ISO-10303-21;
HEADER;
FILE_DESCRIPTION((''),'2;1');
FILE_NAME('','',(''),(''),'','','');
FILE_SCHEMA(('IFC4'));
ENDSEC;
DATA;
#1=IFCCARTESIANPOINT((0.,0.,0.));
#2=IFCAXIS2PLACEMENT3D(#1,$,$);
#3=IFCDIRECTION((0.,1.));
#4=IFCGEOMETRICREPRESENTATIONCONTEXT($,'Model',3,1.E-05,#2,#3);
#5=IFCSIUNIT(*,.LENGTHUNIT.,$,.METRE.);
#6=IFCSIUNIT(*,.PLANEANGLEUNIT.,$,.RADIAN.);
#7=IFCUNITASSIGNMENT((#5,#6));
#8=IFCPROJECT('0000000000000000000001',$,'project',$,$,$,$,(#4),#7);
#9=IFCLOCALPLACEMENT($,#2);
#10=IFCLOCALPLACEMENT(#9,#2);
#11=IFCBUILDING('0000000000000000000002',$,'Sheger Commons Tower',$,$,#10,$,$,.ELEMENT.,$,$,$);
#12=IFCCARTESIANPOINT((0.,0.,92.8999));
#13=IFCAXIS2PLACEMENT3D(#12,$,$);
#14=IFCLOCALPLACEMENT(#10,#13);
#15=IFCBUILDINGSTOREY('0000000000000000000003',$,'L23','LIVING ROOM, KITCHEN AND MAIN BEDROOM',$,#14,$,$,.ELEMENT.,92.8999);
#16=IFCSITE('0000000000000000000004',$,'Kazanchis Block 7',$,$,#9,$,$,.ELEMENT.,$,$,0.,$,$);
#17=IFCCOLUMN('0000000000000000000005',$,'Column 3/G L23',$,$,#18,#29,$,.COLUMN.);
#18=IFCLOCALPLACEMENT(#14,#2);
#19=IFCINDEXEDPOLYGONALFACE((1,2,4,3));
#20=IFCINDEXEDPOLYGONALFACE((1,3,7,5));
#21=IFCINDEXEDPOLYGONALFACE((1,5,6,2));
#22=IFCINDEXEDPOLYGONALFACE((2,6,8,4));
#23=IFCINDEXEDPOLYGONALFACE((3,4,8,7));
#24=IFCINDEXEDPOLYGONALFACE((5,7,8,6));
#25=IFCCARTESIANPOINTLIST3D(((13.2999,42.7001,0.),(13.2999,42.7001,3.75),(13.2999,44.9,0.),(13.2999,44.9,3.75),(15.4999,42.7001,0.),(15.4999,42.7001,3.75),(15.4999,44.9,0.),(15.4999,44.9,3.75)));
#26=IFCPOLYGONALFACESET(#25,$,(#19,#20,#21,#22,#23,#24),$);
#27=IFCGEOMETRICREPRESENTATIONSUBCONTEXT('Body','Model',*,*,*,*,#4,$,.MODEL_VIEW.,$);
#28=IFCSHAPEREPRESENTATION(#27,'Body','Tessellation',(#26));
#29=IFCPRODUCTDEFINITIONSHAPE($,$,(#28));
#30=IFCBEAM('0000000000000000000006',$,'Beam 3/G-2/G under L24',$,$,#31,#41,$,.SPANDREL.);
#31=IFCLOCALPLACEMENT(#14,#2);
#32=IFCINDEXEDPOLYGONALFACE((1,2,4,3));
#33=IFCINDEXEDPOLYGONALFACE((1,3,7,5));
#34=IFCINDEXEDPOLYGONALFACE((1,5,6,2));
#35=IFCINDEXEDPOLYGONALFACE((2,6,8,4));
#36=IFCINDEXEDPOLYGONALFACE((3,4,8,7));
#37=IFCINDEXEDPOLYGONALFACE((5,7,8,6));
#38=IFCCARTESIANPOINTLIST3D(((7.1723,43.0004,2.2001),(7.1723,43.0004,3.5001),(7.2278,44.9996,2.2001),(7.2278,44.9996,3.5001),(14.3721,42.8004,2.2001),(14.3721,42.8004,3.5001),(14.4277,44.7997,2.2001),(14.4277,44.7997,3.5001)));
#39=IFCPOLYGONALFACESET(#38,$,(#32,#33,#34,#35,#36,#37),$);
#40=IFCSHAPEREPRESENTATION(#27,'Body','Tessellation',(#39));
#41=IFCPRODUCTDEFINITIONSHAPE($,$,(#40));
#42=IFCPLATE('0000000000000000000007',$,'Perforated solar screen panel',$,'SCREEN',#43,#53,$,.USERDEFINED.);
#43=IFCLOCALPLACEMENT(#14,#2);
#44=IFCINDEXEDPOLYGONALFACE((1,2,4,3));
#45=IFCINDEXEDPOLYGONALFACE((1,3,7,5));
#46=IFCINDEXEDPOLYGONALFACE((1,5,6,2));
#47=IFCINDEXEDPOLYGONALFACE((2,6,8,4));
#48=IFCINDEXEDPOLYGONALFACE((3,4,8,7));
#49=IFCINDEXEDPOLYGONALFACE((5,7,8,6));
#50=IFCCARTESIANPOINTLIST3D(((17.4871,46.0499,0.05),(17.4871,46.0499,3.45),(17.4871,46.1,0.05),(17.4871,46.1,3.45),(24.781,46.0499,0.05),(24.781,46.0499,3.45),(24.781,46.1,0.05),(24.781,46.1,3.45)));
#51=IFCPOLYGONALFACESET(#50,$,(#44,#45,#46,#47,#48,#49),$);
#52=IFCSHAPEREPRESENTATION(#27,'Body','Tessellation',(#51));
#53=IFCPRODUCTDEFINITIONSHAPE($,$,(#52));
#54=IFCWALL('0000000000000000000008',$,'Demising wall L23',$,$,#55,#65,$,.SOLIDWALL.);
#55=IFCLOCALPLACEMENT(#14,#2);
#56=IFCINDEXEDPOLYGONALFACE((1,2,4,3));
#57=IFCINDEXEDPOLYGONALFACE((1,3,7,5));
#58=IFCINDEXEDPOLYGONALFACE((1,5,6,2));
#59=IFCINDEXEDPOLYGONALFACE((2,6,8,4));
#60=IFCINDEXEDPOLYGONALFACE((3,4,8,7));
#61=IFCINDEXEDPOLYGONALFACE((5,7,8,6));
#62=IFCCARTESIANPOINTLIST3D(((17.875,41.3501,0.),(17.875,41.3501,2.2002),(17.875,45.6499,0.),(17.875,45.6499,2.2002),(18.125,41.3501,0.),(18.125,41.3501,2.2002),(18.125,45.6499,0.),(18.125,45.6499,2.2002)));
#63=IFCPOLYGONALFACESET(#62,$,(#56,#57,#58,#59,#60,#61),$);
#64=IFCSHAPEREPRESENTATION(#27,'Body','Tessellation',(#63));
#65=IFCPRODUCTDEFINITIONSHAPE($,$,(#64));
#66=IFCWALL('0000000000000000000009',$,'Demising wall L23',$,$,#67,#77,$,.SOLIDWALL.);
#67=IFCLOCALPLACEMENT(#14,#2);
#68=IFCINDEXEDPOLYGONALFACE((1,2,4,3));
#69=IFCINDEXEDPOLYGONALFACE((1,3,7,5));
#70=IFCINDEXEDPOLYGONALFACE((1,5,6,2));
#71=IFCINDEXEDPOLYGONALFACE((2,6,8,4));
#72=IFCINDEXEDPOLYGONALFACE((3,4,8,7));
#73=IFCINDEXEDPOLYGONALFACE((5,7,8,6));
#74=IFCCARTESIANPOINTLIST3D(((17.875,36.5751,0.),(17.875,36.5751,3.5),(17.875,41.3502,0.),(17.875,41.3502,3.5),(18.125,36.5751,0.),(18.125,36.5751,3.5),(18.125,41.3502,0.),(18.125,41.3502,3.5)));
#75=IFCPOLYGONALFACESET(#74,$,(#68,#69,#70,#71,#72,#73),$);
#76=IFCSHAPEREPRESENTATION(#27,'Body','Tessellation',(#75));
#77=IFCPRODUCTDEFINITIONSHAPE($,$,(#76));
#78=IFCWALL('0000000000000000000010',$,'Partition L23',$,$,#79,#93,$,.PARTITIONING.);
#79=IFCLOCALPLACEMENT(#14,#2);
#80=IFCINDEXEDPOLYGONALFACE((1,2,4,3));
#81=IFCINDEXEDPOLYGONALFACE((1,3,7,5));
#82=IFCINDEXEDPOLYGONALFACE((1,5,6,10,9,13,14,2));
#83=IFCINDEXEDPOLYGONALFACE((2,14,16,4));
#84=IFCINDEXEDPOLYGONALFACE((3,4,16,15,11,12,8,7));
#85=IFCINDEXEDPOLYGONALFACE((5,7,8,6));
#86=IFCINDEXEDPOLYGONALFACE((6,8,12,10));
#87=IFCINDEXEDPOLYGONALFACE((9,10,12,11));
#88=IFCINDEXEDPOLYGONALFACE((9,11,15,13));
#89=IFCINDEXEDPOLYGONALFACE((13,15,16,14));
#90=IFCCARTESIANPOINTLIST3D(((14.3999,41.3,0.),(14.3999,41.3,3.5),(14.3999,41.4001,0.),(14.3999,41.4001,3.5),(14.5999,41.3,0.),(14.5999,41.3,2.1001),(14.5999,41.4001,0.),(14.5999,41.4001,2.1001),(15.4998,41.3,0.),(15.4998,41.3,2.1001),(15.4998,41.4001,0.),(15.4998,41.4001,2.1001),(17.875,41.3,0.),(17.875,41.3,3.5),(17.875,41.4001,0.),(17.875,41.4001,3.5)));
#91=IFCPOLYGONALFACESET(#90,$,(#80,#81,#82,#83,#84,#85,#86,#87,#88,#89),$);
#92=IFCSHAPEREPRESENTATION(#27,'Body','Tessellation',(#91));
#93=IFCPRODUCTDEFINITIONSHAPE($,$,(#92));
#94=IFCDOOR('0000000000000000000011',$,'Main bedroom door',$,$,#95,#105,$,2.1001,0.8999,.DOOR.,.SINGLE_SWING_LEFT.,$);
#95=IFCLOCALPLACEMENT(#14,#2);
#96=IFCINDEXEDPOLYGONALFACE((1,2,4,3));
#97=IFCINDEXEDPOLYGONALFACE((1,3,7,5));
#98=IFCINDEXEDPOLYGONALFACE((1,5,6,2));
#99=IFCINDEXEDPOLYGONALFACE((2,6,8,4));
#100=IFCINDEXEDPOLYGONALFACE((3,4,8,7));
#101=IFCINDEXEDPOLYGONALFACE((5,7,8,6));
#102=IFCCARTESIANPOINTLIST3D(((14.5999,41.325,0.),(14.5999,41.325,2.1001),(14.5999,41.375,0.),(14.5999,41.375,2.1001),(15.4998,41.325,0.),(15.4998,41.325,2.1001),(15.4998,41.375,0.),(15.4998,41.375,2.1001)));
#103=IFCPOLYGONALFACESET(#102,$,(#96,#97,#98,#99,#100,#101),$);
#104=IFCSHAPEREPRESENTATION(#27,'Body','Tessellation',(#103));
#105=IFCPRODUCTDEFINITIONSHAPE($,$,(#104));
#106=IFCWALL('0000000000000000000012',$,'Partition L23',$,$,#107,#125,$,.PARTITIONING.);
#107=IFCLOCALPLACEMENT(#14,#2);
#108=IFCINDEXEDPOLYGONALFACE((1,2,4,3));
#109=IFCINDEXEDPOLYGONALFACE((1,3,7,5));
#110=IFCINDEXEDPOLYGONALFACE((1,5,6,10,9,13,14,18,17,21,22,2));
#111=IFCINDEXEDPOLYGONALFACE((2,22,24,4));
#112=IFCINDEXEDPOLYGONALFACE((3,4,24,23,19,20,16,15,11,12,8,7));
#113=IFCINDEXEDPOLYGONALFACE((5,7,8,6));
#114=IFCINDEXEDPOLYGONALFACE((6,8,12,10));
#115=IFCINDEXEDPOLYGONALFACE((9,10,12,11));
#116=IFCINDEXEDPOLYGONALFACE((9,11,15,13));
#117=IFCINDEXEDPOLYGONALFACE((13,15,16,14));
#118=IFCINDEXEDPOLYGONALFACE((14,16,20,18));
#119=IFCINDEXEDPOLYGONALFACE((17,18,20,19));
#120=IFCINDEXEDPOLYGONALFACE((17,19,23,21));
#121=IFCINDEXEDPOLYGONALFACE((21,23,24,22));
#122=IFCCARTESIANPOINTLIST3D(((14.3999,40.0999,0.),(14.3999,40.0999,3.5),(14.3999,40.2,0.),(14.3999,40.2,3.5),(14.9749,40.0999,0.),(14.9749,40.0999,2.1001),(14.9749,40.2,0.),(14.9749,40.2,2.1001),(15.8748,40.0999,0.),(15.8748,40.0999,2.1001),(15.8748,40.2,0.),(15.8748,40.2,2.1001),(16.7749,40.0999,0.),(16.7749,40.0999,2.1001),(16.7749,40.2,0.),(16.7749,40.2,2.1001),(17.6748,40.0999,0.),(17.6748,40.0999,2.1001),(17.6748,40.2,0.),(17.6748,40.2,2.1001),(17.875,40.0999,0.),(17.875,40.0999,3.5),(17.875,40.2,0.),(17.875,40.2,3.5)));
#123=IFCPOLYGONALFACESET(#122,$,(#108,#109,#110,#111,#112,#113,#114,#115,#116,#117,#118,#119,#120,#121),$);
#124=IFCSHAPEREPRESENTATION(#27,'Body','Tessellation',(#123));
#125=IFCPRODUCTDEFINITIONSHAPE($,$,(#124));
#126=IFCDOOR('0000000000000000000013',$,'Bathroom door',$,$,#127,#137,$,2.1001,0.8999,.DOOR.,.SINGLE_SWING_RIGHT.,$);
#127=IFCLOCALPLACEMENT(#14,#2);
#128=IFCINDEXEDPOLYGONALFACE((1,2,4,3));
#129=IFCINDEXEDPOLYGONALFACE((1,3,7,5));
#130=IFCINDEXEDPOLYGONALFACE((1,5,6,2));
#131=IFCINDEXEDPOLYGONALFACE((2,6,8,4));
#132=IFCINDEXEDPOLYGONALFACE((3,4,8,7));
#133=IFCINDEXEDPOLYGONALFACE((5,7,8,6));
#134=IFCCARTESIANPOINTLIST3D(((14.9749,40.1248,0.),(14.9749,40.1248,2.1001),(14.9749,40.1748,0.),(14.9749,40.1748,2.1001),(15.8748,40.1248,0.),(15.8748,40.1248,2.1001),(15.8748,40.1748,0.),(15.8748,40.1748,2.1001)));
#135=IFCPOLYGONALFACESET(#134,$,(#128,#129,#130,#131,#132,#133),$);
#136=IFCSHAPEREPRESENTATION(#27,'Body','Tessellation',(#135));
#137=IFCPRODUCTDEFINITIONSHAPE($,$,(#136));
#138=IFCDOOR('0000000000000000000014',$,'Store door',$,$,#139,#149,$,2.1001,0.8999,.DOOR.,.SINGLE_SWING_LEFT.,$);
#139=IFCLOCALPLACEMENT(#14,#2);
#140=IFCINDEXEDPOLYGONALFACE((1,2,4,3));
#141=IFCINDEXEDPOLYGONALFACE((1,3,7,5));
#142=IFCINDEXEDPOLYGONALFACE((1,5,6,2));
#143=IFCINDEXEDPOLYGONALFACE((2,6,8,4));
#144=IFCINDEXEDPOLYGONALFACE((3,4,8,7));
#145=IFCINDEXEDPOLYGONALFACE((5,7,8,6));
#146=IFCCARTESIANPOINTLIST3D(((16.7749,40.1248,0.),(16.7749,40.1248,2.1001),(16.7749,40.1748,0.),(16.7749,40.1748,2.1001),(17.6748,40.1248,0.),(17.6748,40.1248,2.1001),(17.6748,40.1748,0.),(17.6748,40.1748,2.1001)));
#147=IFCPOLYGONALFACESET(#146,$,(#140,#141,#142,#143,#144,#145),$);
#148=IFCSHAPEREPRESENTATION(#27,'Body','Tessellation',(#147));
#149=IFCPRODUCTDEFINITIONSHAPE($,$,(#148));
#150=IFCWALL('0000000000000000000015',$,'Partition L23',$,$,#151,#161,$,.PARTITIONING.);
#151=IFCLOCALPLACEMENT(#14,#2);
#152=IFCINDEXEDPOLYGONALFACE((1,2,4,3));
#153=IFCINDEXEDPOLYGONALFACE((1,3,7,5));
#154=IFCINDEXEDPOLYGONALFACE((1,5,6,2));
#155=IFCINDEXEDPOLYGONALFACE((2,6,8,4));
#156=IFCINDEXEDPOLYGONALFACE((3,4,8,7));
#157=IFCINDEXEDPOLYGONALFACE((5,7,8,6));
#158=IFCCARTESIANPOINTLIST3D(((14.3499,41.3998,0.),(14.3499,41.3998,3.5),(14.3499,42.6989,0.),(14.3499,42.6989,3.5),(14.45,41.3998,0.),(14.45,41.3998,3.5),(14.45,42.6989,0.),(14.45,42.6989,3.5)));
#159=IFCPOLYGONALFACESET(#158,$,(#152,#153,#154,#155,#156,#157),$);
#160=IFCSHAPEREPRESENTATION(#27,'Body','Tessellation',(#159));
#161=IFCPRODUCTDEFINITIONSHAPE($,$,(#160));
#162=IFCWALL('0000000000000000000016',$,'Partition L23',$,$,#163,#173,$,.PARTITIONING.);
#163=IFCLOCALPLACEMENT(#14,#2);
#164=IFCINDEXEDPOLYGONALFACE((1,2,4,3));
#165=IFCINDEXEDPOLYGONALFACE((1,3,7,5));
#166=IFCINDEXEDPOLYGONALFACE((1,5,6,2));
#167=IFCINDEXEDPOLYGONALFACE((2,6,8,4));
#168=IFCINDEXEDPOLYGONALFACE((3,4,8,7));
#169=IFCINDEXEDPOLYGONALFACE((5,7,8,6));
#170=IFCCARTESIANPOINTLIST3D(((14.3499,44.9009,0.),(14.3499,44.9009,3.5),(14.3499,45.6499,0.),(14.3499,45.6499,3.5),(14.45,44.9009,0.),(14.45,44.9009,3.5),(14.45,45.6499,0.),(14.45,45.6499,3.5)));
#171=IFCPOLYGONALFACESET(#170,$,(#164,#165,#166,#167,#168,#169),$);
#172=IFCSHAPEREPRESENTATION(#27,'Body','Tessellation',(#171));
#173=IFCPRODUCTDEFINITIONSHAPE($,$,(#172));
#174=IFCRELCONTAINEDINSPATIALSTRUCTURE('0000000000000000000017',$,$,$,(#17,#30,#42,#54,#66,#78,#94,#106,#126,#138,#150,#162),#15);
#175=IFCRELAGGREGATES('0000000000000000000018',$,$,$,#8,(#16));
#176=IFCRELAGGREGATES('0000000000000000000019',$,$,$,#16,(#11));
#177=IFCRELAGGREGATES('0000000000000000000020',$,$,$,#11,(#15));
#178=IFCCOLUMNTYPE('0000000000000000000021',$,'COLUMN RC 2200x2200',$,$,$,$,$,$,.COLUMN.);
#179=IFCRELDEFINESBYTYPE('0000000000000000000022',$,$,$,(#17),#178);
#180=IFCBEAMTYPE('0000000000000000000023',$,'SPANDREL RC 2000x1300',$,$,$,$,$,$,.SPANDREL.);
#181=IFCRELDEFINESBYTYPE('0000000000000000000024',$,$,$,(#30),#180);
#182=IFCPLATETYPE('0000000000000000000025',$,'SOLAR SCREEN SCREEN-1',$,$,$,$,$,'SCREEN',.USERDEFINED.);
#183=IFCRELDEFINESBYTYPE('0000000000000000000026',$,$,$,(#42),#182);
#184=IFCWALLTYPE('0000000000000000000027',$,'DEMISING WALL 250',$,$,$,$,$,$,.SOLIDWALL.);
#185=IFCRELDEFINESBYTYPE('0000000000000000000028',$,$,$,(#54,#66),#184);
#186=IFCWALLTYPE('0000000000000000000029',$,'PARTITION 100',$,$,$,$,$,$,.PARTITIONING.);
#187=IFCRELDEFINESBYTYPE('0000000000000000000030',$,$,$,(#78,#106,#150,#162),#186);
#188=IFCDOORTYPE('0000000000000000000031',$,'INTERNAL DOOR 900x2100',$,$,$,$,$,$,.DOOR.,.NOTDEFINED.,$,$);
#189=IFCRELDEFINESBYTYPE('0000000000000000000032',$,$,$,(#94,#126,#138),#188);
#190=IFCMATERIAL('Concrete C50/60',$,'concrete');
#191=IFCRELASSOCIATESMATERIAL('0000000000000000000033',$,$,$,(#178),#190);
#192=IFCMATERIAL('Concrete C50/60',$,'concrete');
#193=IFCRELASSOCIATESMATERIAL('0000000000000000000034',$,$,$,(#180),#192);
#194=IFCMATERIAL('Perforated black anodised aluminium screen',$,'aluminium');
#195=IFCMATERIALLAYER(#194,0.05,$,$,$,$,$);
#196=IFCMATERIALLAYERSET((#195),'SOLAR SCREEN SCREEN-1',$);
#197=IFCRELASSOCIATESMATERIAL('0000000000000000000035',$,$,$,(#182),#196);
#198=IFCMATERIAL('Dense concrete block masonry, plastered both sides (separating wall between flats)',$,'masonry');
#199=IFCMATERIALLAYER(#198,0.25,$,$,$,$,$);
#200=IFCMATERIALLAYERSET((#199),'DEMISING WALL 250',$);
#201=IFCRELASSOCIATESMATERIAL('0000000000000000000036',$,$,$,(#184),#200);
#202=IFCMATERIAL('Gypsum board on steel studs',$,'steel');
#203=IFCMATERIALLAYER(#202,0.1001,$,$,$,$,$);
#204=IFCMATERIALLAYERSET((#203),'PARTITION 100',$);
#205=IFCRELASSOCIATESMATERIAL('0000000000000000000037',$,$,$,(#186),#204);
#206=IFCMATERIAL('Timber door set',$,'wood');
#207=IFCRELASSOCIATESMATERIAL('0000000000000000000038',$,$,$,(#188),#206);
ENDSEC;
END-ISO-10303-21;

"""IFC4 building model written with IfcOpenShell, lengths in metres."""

from ifc_helpers import new_model, si_unit, direction, frame, frame_2d, origin, origin_2d, place, context, subcontext, project, spatial, rectangle, extrude, material, layer, layer_set, material_profile, profile_set, type_object, element, fill, save


model = new_model("IFC4")

# Units and contexts
model_context = context("Model", 3, precision=1e-05, world=origin(), true_north=direction((0.0, 1.0)))
body_context = subcontext(model_context, "Body", "Model", "MODEL_VIEW")
ifc_project = project(units=[si_unit("LENGTHUNIT", "METRE"), si_unit("PLANEANGLEUNIT", "RADIAN")], contexts=[model_context])

# Site, building, storey
site_placement = place(None, origin())
site = spatial("IfcSite", under=ifc_project, at=site_placement, Name="Kazanchis Block 7", CompositionType="ELEMENT", RefElevation=0.0)
building_placement = place(site_placement, origin())
building = spatial("IfcBuilding", under=site, at=building_placement, Name="Sheger Commons Tower", CompositionType="ELEMENT")
storey_placement = place(building_placement, frame((0.0, 0.0, 92.8999)))
storey = spatial("IfcBuildingStorey", under=building, at=storey_placement, Name="L23", Description="LIVING ROOM, KITCHEN AND MAIN BEDROOM", CompositionType="ELEMENT", Elevation=92.8999)

# Column
ifc_material_1 = material(Name="Concrete C50/60", Category="concrete")
ifc_material_profile_1 = material_profile(ifc_material_1, rectangle(XDim=2.2, YDim=2.2, at=origin_2d()), Name="RC 2200x2200")
ifc_profile_set_1 = profile_set([ifc_material_profile_1], Name="Concrete C50/60")
column_type = type_object("IfcColumnType", Name="COLUMN RC 2200x2200", PredefinedType="COLUMN", material=ifc_profile_set_1)
column_placement = place(storey_placement, frame((14.3999, 43.8, 0.0), z_axis=(0.0, 0.0, 1.0), x_axis=(1.0, 0.0, 0.0)))
element("IfcColumn", 1, at=column_placement, inside=storey, type_object=column_type, Name="Column 3/G L23", PredefinedType="COLUMN", context=body_context, shape_type="SweptSolid", body=[
    extrude(rectangle(XDim=2.2, YDim=2.2, at=origin_2d()), origin(), (0.0, 0.0, 1.0), 3.75),
])

# Beam
ifc_material_2 = material(Name="Concrete C50/60", Category="concrete")
ifc_material_profile_2 = material_profile(ifc_material_2, rectangle(XDim=2.0, YDim=1.3, at=origin_2d()), Name="RC 2000x1300")
ifc_profile_set_2 = profile_set([ifc_material_profile_2], Name="Concrete C50/60")
beam_type = type_object("IfcBeamType", Name="SPANDREL RC 2000x1300", PredefinedType="SPANDREL", material=ifc_profile_set_2)
beam_placement = place(storey_placement, frame((14.3999, 43.8, 2.8501), z_axis=(-0.999615, 0.02776, 0.0), x_axis=(-0.02776, -0.999615, 0.0)))
element("IfcBeam", 2, at=beam_placement, inside=storey, type_object=beam_type, Name="Beam 3/G-2/G under L24", PredefinedType="SPANDREL", context=body_context, shape_type="SweptSolid", body=[
    extrude(rectangle(XDim=2.0, YDim=1.3, at=origin_2d()), origin(), (0.0, 0.0, 1.0), 7.2026),
])

# Plate
ifc_material_3 = material(Name="Perforated black anodised aluminium screen", Category="aluminium")
ifc_layer_1 = layer(ifc_material_3, 0.05)
ifc_layer_set_1 = layer_set([ifc_layer_1], Name="SOLAR SCREEN SCREEN-1")
plate_type = type_object("IfcPlateType", Name="SOLAR SCREEN SCREEN-1", ElementType="SCREEN", PredefinedType="USERDEFINED", material=ifc_layer_set_1)
plate_placement = place(storey_placement, frame((21.134, 46.075, 0.05), z_axis=(0.0, 0.0, 1.0), x_axis=(-1.0, 0.0, 0.0)))
element("IfcPlate", 3, at=plate_placement, inside=storey, type_object=plate_type, Name="Perforated solar screen panel", ObjectType="SCREEN", PredefinedType="USERDEFINED", context=body_context, shape_type="SweptSolid", body=[
    extrude(rectangle(XDim=7.2939, YDim=0.05, at=origin_2d()), origin(), (0.0, 0.0, 1.0), 3.3999),
])

# Walls
ifc_material_4 = material(Name="Dense concrete block masonry, plastered both sides (separating wall between flats)", Category="masonry")
ifc_layer_2 = layer(ifc_material_4, 0.25)
ifc_layer_set_2 = layer_set([ifc_layer_2], Name="DEMISING WALL 250")
wall_type_1 = type_object("IfcWallType", Name="DEMISING WALL 250", PredefinedType="SOLIDWALL", material=ifc_layer_set_2)
wall_1_placement = place(storey_placement, frame((18.0, 41.3501, 0.0), z_axis=(0.0, 0.0, 1.0), x_axis=(0.0, 1.0, 0.0)))
element("IfcWall", 4, at=wall_1_placement, inside=storey, type_object=wall_type_1, Name="Demising wall L23", PredefinedType="SOLIDWALL", context=body_context, shape_type="SweptSolid", body=[
    extrude(rectangle(XDim=4.2998, YDim=0.25, at=frame_2d((2.1499, 0.0))), origin(), (0.0, 0.0, 1.0), 2.2002),
])
wall_2_placement = place(storey_placement, frame((18.0, 36.575, 0.0), z_axis=(0.0, 0.0, 1.0), x_axis=(0.0, 1.0, 0.0)))
element("IfcWall", 5, at=wall_2_placement, inside=storey, type_object=wall_type_1, Name="Demising wall L23", PredefinedType="SOLIDWALL", context=body_context, shape_type="SweptSolid", body=[
    extrude(rectangle(XDim=4.7751, YDim=0.25, at=frame_2d((2.3877, 0.0))), origin(), (0.0, 0.0, 1.0), 3.5),
])

# Wall, opening, door
ifc_material_5 = material(Name="Gypsum board on steel studs", Category="steel")
ifc_layer_3 = layer(ifc_material_5, 0.1001)
ifc_layer_set_3 = layer_set([ifc_layer_3], Name="PARTITION 100")
wall_type_2 = type_object("IfcWallType", Name="PARTITION 100", PredefinedType="PARTITIONING", material=ifc_layer_set_3)
wall_3_placement = place(storey_placement, frame((14.3999, 41.3501, 0.0), z_axis=(0.0, 0.0, 1.0), x_axis=(1.0, 0.0, 0.0)))
wall_3 = element("IfcWall", 6, at=wall_3_placement, inside=storey, type_object=wall_type_2, Name="Partition L23", PredefinedType="PARTITIONING", context=body_context, shape_type="SweptSolid", body=[
    extrude(rectangle(XDim=3.4751, YDim=0.1001, at=frame_2d((1.7375, 0.0))), origin(), (0.0, 0.0, 1.0), 3.5),
])
opening_1_placement = place(wall_3_placement, frame((0.2, 0.0, 0.0)))
opening_1 = element("IfcOpeningElement", 7, at=opening_1_placement, cuts=wall_3, PredefinedType="OPENING", context=body_context, shape_type="SweptSolid", body=[
    extrude(rectangle(XDim=0.8999, YDim=2.1001, at=frame_2d((0.45, 1.05))), frame((0.0, 0.0601, 0.0), z_axis=(0.0, -1.0, 0.0), x_axis=(1.0, 0.0, 0.0)), (0.0, 0.0, 1.0), 0.1201),
])
ifc_material_6 = material(Name="Timber door set", Category="wood")
door_type_1 = type_object("IfcDoorType", Name="INTERNAL DOOR 900x2100", OperationType="NOTDEFINED", PredefinedType="DOOR", material=ifc_material_6)
door_1_placement = place(opening_1_placement, origin())
door_1 = element("IfcDoor", 8, at=door_1_placement, inside=storey, type_object=door_type_1, Name="Main bedroom door", OperationType="SINGLE_SWING_LEFT", OverallHeight=2.1001, OverallWidth=0.8999, PredefinedType="DOOR", context=body_context, shape_type="SweptSolid", body=[
    extrude(rectangle(XDim=0.8999, YDim=2.1001, at=frame_2d((0.45, 1.05))), frame((0.0, 0.0249, 0.0), z_axis=(0.0, -1.0, 0.0), x_axis=(1.0, 0.0, 0.0)), (0.0, 0.0, 1.0), 0.05),
])
fill(opening_1, door_1)

# Wall, openings, doors
wall_4_placement = place(storey_placement, frame((14.3999, 40.1499, 0.0), z_axis=(0.0, 0.0, 1.0), x_axis=(1.0, 0.0, 0.0)))
wall_4 = element("IfcWall", 9, at=wall_4_placement, inside=storey, type_object=wall_type_2, Name="Partition L23", PredefinedType="PARTITIONING", context=body_context, shape_type="SweptSolid", body=[
    extrude(rectangle(XDim=3.4751, YDim=0.1001, at=frame_2d((1.7375, 0.0))), origin(), (0.0, 0.0, 1.0), 3.5),
])
opening_2_placement = place(wall_4_placement, frame((0.575, 0.0, 0.0)))
opening_2 = element("IfcOpeningElement", 10, at=opening_2_placement, cuts=wall_4, PredefinedType="OPENING", context=body_context, shape_type="SweptSolid", body=[
    extrude(rectangle(XDim=0.8999, YDim=2.1001, at=frame_2d((0.45, 1.05))), frame((0.0, 0.0601, 0.0), z_axis=(0.0, -1.0, 0.0), x_axis=(1.0, 0.0, 0.0)), (0.0, 0.0, 1.0), 0.1201),
])
opening_3_placement = place(wall_4_placement, frame((2.375, 0.0, 0.0)))
opening_3 = element("IfcOpeningElement", 11, at=opening_3_placement, cuts=wall_4, PredefinedType="OPENING", context=body_context, shape_type="SweptSolid", body=[
    extrude(rectangle(XDim=0.8999, YDim=2.1001, at=frame_2d((0.45, 1.05))), frame((0.0, 0.0601, 0.0), z_axis=(0.0, -1.0, 0.0), x_axis=(1.0, 0.0, 0.0)), (0.0, 0.0, 1.0), 0.1201),
])
door_2_placement = place(opening_2_placement, origin())
door_2 = element("IfcDoor", 12, at=door_2_placement, inside=storey, type_object=door_type_1, Name="Bathroom door", OperationType="SINGLE_SWING_RIGHT", OverallHeight=2.1001, OverallWidth=0.8999, PredefinedType="DOOR", context=body_context, shape_type="SweptSolid", body=[
    extrude(rectangle(XDim=0.8999, YDim=2.1001, at=frame_2d((0.45, 1.05))), frame((0.0, 0.0249, 0.0), z_axis=(0.0, -1.0, 0.0), x_axis=(1.0, 0.0, 0.0)), (0.0, 0.0, 1.0), 0.05),
])
fill(opening_2, door_2)
door_3_placement = place(opening_3_placement, origin())
door_3 = element("IfcDoor", 13, at=door_3_placement, inside=storey, type_object=door_type_1, Name="Store door", OperationType="SINGLE_SWING_LEFT", OverallHeight=2.1001, OverallWidth=0.8999, PredefinedType="DOOR", context=body_context, shape_type="SweptSolid", body=[
    extrude(rectangle(XDim=0.8999, YDim=2.1001, at=frame_2d((0.45, 1.05))), frame((0.0, 0.0249, 0.0), z_axis=(0.0, -1.0, 0.0), x_axis=(1.0, 0.0, 0.0)), (0.0, 0.0, 1.0), 0.05),
])
fill(opening_3, door_3)

# Walls
wall_5_placement = place(storey_placement, frame((14.3999, 41.3999, 0.0), z_axis=(0.0, 0.0, 1.0), x_axis=(0.0, 1.0, 0.0)))
element("IfcWall", 14, at=wall_5_placement, inside=storey, type_object=wall_type_2, Name="Partition L23", PredefinedType="PARTITIONING", context=body_context, shape_type="SweptSolid", body=[
    extrude(rectangle(XDim=1.2991, YDim=0.1001, at=frame_2d((0.6494, 0.0))), origin(), (0.0, 0.0, 1.0), 3.5),
])
wall_6_placement = place(storey_placement, frame((14.3999, 44.9009, 0.0), z_axis=(0.0, 0.0, 1.0), x_axis=(0.0, 1.0, 0.0)))
element("IfcWall", 15, at=wall_6_placement, inside=storey, type_object=wall_type_2, Name="Partition L23", PredefinedType="PARTITIONING", context=body_context, shape_type="SweptSolid", body=[
    extrude(rectangle(XDim=0.749, YDim=0.1001, at=frame_2d((0.3745, 0.0))), origin(), (0.0, 0.0, 1.0), 3.5),
])

save(model, "model.ifc")
